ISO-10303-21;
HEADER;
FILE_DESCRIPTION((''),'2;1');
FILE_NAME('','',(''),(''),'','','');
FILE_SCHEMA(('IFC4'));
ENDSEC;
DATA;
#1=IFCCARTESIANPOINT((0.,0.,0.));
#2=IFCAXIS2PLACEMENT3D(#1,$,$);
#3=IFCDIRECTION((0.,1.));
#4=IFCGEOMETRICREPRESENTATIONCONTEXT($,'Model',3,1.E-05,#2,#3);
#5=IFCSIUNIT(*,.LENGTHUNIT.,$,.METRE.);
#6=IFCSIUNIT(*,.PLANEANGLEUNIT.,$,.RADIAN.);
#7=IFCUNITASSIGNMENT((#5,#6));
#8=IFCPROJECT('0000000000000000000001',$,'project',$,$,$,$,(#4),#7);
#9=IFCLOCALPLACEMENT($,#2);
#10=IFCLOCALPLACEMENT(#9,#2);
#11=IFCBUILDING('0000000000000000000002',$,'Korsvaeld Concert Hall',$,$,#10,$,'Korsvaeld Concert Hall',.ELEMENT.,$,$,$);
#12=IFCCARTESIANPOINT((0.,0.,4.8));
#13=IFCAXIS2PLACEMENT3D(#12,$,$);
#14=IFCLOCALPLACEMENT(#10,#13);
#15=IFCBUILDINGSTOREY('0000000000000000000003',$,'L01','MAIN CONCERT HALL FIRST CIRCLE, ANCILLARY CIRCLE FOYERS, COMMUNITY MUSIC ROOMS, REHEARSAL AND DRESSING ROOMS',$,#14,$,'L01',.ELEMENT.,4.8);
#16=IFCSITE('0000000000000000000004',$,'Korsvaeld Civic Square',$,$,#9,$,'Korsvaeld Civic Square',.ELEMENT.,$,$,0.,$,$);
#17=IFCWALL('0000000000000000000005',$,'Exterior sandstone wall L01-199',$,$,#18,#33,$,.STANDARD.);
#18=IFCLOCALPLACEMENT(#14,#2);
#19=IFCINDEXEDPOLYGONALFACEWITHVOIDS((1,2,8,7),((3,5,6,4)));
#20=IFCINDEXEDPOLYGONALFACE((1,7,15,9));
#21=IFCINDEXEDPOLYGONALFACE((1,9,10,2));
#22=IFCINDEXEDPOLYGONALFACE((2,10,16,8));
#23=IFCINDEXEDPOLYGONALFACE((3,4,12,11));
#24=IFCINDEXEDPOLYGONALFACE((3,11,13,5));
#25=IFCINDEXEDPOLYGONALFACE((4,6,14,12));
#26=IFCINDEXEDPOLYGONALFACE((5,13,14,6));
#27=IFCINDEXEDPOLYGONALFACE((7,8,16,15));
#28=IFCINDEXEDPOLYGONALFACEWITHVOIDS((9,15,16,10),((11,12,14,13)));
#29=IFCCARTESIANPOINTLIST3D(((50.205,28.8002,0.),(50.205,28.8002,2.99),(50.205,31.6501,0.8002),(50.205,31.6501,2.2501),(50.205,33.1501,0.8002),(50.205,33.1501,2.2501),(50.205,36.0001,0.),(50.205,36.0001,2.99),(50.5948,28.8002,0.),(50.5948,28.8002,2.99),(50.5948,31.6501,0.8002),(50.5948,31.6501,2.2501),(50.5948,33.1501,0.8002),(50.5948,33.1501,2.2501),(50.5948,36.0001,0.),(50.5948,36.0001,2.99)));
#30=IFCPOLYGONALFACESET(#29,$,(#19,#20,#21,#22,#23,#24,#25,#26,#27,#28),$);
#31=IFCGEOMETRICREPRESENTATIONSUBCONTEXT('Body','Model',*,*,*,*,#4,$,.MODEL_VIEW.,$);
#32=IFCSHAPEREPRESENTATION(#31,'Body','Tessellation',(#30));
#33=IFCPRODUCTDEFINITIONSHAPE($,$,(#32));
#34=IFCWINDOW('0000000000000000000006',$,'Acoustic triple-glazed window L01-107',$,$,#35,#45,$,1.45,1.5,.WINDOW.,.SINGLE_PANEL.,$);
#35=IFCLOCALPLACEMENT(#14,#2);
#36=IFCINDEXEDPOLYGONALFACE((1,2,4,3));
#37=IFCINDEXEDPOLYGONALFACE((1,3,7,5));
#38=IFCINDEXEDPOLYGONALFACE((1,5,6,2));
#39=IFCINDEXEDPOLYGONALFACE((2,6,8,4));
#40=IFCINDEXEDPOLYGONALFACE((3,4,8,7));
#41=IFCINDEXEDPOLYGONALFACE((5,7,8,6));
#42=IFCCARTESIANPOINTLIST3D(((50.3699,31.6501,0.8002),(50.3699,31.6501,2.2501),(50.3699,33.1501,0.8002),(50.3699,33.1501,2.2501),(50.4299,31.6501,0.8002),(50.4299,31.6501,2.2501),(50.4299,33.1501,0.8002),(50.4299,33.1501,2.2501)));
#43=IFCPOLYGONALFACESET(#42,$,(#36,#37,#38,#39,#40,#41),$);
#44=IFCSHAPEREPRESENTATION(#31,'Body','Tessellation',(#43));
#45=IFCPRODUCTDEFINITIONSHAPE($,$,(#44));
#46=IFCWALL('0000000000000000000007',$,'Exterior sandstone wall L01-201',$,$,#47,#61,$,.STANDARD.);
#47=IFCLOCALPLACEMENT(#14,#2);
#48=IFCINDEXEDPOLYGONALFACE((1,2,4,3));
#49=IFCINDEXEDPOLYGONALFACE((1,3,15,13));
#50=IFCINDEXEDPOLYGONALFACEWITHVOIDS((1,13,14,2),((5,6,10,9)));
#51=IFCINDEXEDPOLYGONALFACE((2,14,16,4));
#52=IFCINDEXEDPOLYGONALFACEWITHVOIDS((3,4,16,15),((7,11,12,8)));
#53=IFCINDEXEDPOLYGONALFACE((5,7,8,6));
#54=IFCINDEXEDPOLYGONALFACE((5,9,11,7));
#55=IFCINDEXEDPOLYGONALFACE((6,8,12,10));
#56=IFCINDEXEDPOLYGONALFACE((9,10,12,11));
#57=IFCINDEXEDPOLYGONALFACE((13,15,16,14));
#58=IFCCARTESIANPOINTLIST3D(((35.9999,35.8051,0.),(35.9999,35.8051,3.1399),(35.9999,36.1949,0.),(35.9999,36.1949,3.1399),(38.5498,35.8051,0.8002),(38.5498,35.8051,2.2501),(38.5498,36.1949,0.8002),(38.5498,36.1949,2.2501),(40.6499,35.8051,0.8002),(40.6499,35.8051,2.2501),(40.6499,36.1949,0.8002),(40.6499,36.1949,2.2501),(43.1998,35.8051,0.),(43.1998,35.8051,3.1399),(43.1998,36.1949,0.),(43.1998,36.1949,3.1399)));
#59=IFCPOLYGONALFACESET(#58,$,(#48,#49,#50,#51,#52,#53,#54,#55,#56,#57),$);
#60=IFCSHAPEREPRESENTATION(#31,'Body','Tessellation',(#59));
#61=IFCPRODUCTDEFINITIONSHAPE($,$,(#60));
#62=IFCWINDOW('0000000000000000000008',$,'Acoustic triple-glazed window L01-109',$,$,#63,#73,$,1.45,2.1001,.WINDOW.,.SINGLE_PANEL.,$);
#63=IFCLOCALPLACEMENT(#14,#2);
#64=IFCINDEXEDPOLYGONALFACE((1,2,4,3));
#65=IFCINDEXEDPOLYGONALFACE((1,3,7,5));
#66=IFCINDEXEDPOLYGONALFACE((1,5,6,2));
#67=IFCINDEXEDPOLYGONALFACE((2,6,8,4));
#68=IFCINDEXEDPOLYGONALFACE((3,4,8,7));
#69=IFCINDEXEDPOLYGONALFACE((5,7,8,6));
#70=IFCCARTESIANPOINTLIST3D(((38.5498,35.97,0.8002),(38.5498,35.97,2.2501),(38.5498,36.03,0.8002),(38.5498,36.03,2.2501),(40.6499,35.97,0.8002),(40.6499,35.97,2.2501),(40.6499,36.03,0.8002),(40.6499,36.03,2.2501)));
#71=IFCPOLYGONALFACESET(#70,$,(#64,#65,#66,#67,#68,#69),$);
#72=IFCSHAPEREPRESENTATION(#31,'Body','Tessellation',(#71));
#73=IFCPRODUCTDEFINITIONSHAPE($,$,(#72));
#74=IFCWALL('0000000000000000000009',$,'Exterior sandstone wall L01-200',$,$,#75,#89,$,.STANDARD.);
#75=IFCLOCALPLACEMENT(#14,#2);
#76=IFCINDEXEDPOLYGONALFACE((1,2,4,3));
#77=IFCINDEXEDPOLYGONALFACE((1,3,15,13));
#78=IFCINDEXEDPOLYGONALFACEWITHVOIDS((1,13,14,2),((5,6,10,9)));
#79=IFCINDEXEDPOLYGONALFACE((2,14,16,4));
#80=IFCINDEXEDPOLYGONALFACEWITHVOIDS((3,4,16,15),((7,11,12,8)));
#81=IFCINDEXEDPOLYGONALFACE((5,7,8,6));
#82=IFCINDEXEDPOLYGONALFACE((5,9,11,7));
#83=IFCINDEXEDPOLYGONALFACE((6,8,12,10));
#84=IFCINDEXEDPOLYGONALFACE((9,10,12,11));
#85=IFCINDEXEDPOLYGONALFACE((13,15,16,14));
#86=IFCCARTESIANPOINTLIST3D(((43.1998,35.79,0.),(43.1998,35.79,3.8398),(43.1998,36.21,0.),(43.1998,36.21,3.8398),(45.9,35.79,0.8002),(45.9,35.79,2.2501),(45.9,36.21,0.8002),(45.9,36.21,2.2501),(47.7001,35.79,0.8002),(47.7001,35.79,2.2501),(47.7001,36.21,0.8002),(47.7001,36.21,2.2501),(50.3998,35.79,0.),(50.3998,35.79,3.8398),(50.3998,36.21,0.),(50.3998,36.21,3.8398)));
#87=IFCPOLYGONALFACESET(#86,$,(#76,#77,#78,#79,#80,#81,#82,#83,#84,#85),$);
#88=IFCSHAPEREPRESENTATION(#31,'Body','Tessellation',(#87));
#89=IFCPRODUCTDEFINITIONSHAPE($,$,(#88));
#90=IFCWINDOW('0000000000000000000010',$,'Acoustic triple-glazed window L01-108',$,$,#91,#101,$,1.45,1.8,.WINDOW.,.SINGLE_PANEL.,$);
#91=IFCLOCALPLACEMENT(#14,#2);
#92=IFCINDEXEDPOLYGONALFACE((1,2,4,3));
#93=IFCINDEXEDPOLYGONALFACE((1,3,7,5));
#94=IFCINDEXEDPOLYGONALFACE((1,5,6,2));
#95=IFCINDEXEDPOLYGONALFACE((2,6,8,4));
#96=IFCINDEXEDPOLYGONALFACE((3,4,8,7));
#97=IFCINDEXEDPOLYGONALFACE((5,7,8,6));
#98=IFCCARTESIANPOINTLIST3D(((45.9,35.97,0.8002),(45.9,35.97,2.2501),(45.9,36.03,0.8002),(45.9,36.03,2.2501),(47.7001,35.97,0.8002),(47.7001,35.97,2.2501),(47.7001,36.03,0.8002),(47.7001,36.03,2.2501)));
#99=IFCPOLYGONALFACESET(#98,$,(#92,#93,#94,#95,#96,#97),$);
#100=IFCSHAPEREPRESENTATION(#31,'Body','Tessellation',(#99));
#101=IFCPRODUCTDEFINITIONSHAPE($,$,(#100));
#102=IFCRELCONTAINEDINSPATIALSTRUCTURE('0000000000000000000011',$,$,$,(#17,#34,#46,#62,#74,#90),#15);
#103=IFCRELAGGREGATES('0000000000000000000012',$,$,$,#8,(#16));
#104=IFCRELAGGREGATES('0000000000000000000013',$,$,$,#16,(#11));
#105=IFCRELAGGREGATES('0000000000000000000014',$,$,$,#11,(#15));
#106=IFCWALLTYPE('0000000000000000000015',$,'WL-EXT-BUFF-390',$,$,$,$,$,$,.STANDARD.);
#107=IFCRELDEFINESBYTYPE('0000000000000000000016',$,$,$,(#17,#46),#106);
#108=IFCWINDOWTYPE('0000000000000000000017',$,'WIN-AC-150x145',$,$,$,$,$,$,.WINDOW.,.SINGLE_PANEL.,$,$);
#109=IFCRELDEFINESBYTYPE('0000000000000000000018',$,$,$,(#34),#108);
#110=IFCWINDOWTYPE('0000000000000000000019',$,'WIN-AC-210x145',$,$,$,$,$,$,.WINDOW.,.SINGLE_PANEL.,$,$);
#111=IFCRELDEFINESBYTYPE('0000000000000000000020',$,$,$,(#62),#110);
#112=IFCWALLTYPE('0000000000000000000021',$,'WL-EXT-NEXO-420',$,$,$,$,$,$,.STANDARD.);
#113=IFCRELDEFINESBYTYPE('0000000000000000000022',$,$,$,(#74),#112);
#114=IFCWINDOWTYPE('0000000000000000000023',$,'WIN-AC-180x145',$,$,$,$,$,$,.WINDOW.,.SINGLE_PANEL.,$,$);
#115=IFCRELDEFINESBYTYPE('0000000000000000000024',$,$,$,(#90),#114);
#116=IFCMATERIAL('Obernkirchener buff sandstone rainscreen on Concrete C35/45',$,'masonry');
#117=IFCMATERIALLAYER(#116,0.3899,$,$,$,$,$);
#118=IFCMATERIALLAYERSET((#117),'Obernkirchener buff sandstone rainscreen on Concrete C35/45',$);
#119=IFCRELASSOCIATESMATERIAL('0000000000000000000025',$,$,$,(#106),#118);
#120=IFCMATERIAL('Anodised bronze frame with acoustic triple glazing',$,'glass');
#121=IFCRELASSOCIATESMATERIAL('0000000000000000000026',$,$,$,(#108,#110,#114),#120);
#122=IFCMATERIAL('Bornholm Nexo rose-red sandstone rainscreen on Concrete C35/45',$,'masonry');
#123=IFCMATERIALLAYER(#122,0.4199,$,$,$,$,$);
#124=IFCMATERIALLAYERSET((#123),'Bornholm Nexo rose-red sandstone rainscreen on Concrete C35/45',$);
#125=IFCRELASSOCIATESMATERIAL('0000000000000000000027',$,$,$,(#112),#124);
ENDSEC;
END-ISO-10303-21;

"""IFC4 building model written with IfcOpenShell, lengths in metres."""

from ifc_helpers import new_model, si_unit, direction, frame, frame_2d, origin, place, context, subcontext, project, spatial, rectangle, extrude, material, layer, layer_set, type_object, element, fill, save


model = new_model("IFC4")

# Units and contexts
model_context = context("Model", 3, precision=1e-05, world=origin(), true_north=direction((0.0, 1.0)))
body_context = subcontext(model_context, "Body", "Model", "MODEL_VIEW")
ifc_project = project(units=[si_unit("LENGTHUNIT", "METRE"), si_unit("PLANEANGLEUNIT", "RADIAN")], contexts=[model_context])

# Site, building, storey
site_placement = place(None, origin())
site = spatial("IfcSite", under=ifc_project, at=site_placement, Name="Korsvaeld Civic Square", LongName="Korsvaeld Civic Square", CompositionType="ELEMENT", RefElevation=0.0)
building_placement = place(site_placement, origin())
building = spatial("IfcBuilding", under=site, at=building_placement, Name="Korsvaeld Concert Hall", LongName="Korsvaeld Concert Hall", CompositionType="ELEMENT")
storey_placement = place(building_placement, frame((0.0, 0.0, 4.8)))
storey = spatial("IfcBuildingStorey", under=building, at=storey_placement, Name="L01", Description="MAIN CONCERT HALL FIRST CIRCLE, ANCILLARY CIRCLE FOYERS, COMMUNITY MUSIC ROOMS, REHEARSAL AND DRESSING ROOMS", LongName="L01", CompositionType="ELEMENT", Elevation=4.8)

# Walls, openings, windows
ifc_material_1 = material(Name="Obernkirchener buff sandstone rainscreen on Concrete C35/45", Category="masonry")
ifc_layer_1 = layer(ifc_material_1, 0.3899)
ifc_layer_set_1 = layer_set([ifc_layer_1], Name="Obernkirchener buff sandstone rainscreen on Concrete C35/45")
wall_type_1 = type_object("IfcWallType", Name="WL-EXT-BUFF-390", PredefinedType="STANDARD", material=ifc_layer_set_1)
wall_1_placement = place(storey_placement, frame((50.3999, 28.8, 0.0), z_axis=(0.0, 0.0, 1.0), x_axis=(0.0, 1.0, 0.0)))
wall_1 = element("IfcWall", 1, at=wall_1_placement, inside=storey, type_object=wall_type_1, Name="Exterior sandstone wall L01-199", PredefinedType="STANDARD", context=body_context, shape_type="SweptSolid", body=[
    extrude(rectangle(XDim=7.2, YDim=0.3899, at=frame_2d((3.6001, 0.0))), origin(), (0.0, 0.0, 1.0), 2.99),
])
opening_1_placement = place(wall_1_placement, frame((2.8501, 0.0, 0.8)))
opening_1 = element("IfcOpeningElement", 2, at=opening_1_placement, cuts=wall_1, PredefinedType="OPENING", context=body_context, shape_type="SweptSolid", body=[
    extrude(rectangle(XDim=1.5, YDim=1.45, at=frame_2d((0.75, 0.7251))), frame((0.0, 0.2051, 0.0), z_axis=(0.0, -1.0, 0.0), x_axis=(1.0, 0.0, 0.0)), (0.0, 0.0, 1.0), 0.4099),
])
ifc_material_2 = material(Name="Anodised bronze frame with acoustic triple glazing", Category="glass")
window_type_1 = type_object("IfcWindowType", Name="WIN-AC-150x145", PartitioningType="SINGLE_PANEL", PredefinedType="WINDOW", material=ifc_material_2)
window_1_placement = place(opening_1_placement, origin())
window_1 = element("IfcWindow", 3, at=window_1_placement, inside=storey, type_object=window_type_1, Name="Acoustic triple-glazed window L01-107", OverallHeight=1.45, OverallWidth=1.5, PartitioningType="SINGLE_PANEL", PredefinedType="WINDOW", context=body_context, shape_type="SweptSolid", body=[
    extrude(rectangle(XDim=1.5, YDim=1.45, at=frame_2d((0.75, 0.7251))), frame((0.0, 0.03, 0.0), z_axis=(0.0, -1.0, 0.0), x_axis=(1.0, 0.0, 0.0)), (0.0, 0.0, 1.0), 0.0601),
])
fill(opening_1, window_1)
wall_2_placement = place(storey_placement, frame((43.2, 36.0, 0.0), z_axis=(0.0, 0.0, 1.0), x_axis=(-1.0, 0.0, 0.0)))
wall_2 = element("IfcWall", 4, at=wall_2_placement, inside=storey, type_object=wall_type_1, Name="Exterior sandstone wall L01-201", PredefinedType="STANDARD", context=body_context, shape_type="SweptSolid", body=[
    extrude(rectangle(XDim=7.2, YDim=0.3899, at=frame_2d((3.6001, 0.0))), origin(), (0.0, 0.0, 1.0), 3.1399),
])
opening_2_placement = place(wall_2_placement, frame((2.55, 0.0, 0.8)))
opening_2 = element("IfcOpeningElement", 5, at=opening_2_placement, cuts=wall_2, PredefinedType="OPENING", context=body_context, shape_type="SweptSolid", body=[
    extrude(rectangle(XDim=2.1001, YDim=1.45, at=frame_2d((1.05, 0.7251))), frame((0.0, 0.2051, 0.0), z_axis=(0.0, -1.0, 0.0), x_axis=(1.0, 0.0, 0.0)), (0.0, 0.0, 1.0), 0.4099),
])
window_type_2 = type_object("IfcWindowType", Name="WIN-AC-210x145", PartitioningType="SINGLE_PANEL", PredefinedType="WINDOW", material=ifc_material_2)
window_2_placement = place(opening_2_placement, origin())
window_2 = element("IfcWindow", 6, at=window_2_placement, inside=storey, type_object=window_type_2, Name="Acoustic triple-glazed window L01-109", OverallHeight=1.45, OverallWidth=2.1001, PartitioningType="SINGLE_PANEL", PredefinedType="WINDOW", context=body_context, shape_type="SweptSolid", body=[
    extrude(rectangle(XDim=2.1001, YDim=1.45, at=frame_2d((1.05, 0.7251))), frame((0.0, 0.03, 0.0), z_axis=(0.0, -1.0, 0.0), x_axis=(1.0, 0.0, 0.0)), (0.0, 0.0, 1.0), 0.0601),
])
fill(opening_2, window_2)
ifc_material_3 = material(Name="Bornholm Nexo rose-red sandstone rainscreen on Concrete C35/45", Category="masonry")
ifc_layer_2 = layer(ifc_material_3, 0.4199)
ifc_layer_set_2 = layer_set([ifc_layer_2], Name="Bornholm Nexo rose-red sandstone rainscreen on Concrete C35/45")
wall_type_2 = type_object("IfcWallType", Name="WL-EXT-NEXO-420", PredefinedType="STANDARD", material=ifc_layer_set_2)
wall_3_placement = place(storey_placement, frame((50.3999, 36.0, 0.0), z_axis=(0.0, 0.0, 1.0), x_axis=(-1.0, 0.0, 0.0)))
wall_3 = element("IfcWall", 7, at=wall_3_placement, inside=storey, type_object=wall_type_2, Name="Exterior sandstone wall L01-200", PredefinedType="STANDARD", context=body_context, shape_type="SweptSolid", body=[
    extrude(rectangle(XDim=7.2, YDim=0.4199, at=frame_2d((3.6001, 0.0))), origin(), (0.0, 0.0, 1.0), 3.8398),
])
opening_3_placement = place(wall_3_placement, frame((2.7, 0.0, 0.8)))
opening_3 = element("IfcOpeningElement", 8, at=opening_3_placement, cuts=wall_3, PredefinedType="OPENING", context=body_context, shape_type="SweptSolid", body=[
    extrude(rectangle(XDim=1.8, YDim=1.45, at=frame_2d((0.8999, 0.7251))), frame((0.0, 0.22, 0.0), z_axis=(0.0, -1.0, 0.0), x_axis=(1.0, 0.0, 0.0)), (0.0, 0.0, 1.0), 0.4399),
])
window_type_3 = type_object("IfcWindowType", Name="WIN-AC-180x145", PartitioningType="SINGLE_PANEL", PredefinedType="WINDOW", material=ifc_material_2)
window_3_placement = place(opening_3_placement, origin())
window_3 = element("IfcWindow", 9, at=window_3_placement, inside=storey, type_object=window_type_3, Name="Acoustic triple-glazed window L01-108", OverallHeight=1.45, OverallWidth=1.8, PartitioningType="SINGLE_PANEL", PredefinedType="WINDOW", context=body_context, shape_type="SweptSolid", body=[
    extrude(rectangle(XDim=1.8, YDim=1.45, at=frame_2d((0.8999, 0.7251))), frame((0.0, 0.03, 0.0), z_axis=(0.0, -1.0, 0.0), x_axis=(1.0, 0.0, 0.0)), (0.0, 0.0, 1.0), 0.0601),
])
fill(opening_3, window_3)

save(model, "model.ifc")
